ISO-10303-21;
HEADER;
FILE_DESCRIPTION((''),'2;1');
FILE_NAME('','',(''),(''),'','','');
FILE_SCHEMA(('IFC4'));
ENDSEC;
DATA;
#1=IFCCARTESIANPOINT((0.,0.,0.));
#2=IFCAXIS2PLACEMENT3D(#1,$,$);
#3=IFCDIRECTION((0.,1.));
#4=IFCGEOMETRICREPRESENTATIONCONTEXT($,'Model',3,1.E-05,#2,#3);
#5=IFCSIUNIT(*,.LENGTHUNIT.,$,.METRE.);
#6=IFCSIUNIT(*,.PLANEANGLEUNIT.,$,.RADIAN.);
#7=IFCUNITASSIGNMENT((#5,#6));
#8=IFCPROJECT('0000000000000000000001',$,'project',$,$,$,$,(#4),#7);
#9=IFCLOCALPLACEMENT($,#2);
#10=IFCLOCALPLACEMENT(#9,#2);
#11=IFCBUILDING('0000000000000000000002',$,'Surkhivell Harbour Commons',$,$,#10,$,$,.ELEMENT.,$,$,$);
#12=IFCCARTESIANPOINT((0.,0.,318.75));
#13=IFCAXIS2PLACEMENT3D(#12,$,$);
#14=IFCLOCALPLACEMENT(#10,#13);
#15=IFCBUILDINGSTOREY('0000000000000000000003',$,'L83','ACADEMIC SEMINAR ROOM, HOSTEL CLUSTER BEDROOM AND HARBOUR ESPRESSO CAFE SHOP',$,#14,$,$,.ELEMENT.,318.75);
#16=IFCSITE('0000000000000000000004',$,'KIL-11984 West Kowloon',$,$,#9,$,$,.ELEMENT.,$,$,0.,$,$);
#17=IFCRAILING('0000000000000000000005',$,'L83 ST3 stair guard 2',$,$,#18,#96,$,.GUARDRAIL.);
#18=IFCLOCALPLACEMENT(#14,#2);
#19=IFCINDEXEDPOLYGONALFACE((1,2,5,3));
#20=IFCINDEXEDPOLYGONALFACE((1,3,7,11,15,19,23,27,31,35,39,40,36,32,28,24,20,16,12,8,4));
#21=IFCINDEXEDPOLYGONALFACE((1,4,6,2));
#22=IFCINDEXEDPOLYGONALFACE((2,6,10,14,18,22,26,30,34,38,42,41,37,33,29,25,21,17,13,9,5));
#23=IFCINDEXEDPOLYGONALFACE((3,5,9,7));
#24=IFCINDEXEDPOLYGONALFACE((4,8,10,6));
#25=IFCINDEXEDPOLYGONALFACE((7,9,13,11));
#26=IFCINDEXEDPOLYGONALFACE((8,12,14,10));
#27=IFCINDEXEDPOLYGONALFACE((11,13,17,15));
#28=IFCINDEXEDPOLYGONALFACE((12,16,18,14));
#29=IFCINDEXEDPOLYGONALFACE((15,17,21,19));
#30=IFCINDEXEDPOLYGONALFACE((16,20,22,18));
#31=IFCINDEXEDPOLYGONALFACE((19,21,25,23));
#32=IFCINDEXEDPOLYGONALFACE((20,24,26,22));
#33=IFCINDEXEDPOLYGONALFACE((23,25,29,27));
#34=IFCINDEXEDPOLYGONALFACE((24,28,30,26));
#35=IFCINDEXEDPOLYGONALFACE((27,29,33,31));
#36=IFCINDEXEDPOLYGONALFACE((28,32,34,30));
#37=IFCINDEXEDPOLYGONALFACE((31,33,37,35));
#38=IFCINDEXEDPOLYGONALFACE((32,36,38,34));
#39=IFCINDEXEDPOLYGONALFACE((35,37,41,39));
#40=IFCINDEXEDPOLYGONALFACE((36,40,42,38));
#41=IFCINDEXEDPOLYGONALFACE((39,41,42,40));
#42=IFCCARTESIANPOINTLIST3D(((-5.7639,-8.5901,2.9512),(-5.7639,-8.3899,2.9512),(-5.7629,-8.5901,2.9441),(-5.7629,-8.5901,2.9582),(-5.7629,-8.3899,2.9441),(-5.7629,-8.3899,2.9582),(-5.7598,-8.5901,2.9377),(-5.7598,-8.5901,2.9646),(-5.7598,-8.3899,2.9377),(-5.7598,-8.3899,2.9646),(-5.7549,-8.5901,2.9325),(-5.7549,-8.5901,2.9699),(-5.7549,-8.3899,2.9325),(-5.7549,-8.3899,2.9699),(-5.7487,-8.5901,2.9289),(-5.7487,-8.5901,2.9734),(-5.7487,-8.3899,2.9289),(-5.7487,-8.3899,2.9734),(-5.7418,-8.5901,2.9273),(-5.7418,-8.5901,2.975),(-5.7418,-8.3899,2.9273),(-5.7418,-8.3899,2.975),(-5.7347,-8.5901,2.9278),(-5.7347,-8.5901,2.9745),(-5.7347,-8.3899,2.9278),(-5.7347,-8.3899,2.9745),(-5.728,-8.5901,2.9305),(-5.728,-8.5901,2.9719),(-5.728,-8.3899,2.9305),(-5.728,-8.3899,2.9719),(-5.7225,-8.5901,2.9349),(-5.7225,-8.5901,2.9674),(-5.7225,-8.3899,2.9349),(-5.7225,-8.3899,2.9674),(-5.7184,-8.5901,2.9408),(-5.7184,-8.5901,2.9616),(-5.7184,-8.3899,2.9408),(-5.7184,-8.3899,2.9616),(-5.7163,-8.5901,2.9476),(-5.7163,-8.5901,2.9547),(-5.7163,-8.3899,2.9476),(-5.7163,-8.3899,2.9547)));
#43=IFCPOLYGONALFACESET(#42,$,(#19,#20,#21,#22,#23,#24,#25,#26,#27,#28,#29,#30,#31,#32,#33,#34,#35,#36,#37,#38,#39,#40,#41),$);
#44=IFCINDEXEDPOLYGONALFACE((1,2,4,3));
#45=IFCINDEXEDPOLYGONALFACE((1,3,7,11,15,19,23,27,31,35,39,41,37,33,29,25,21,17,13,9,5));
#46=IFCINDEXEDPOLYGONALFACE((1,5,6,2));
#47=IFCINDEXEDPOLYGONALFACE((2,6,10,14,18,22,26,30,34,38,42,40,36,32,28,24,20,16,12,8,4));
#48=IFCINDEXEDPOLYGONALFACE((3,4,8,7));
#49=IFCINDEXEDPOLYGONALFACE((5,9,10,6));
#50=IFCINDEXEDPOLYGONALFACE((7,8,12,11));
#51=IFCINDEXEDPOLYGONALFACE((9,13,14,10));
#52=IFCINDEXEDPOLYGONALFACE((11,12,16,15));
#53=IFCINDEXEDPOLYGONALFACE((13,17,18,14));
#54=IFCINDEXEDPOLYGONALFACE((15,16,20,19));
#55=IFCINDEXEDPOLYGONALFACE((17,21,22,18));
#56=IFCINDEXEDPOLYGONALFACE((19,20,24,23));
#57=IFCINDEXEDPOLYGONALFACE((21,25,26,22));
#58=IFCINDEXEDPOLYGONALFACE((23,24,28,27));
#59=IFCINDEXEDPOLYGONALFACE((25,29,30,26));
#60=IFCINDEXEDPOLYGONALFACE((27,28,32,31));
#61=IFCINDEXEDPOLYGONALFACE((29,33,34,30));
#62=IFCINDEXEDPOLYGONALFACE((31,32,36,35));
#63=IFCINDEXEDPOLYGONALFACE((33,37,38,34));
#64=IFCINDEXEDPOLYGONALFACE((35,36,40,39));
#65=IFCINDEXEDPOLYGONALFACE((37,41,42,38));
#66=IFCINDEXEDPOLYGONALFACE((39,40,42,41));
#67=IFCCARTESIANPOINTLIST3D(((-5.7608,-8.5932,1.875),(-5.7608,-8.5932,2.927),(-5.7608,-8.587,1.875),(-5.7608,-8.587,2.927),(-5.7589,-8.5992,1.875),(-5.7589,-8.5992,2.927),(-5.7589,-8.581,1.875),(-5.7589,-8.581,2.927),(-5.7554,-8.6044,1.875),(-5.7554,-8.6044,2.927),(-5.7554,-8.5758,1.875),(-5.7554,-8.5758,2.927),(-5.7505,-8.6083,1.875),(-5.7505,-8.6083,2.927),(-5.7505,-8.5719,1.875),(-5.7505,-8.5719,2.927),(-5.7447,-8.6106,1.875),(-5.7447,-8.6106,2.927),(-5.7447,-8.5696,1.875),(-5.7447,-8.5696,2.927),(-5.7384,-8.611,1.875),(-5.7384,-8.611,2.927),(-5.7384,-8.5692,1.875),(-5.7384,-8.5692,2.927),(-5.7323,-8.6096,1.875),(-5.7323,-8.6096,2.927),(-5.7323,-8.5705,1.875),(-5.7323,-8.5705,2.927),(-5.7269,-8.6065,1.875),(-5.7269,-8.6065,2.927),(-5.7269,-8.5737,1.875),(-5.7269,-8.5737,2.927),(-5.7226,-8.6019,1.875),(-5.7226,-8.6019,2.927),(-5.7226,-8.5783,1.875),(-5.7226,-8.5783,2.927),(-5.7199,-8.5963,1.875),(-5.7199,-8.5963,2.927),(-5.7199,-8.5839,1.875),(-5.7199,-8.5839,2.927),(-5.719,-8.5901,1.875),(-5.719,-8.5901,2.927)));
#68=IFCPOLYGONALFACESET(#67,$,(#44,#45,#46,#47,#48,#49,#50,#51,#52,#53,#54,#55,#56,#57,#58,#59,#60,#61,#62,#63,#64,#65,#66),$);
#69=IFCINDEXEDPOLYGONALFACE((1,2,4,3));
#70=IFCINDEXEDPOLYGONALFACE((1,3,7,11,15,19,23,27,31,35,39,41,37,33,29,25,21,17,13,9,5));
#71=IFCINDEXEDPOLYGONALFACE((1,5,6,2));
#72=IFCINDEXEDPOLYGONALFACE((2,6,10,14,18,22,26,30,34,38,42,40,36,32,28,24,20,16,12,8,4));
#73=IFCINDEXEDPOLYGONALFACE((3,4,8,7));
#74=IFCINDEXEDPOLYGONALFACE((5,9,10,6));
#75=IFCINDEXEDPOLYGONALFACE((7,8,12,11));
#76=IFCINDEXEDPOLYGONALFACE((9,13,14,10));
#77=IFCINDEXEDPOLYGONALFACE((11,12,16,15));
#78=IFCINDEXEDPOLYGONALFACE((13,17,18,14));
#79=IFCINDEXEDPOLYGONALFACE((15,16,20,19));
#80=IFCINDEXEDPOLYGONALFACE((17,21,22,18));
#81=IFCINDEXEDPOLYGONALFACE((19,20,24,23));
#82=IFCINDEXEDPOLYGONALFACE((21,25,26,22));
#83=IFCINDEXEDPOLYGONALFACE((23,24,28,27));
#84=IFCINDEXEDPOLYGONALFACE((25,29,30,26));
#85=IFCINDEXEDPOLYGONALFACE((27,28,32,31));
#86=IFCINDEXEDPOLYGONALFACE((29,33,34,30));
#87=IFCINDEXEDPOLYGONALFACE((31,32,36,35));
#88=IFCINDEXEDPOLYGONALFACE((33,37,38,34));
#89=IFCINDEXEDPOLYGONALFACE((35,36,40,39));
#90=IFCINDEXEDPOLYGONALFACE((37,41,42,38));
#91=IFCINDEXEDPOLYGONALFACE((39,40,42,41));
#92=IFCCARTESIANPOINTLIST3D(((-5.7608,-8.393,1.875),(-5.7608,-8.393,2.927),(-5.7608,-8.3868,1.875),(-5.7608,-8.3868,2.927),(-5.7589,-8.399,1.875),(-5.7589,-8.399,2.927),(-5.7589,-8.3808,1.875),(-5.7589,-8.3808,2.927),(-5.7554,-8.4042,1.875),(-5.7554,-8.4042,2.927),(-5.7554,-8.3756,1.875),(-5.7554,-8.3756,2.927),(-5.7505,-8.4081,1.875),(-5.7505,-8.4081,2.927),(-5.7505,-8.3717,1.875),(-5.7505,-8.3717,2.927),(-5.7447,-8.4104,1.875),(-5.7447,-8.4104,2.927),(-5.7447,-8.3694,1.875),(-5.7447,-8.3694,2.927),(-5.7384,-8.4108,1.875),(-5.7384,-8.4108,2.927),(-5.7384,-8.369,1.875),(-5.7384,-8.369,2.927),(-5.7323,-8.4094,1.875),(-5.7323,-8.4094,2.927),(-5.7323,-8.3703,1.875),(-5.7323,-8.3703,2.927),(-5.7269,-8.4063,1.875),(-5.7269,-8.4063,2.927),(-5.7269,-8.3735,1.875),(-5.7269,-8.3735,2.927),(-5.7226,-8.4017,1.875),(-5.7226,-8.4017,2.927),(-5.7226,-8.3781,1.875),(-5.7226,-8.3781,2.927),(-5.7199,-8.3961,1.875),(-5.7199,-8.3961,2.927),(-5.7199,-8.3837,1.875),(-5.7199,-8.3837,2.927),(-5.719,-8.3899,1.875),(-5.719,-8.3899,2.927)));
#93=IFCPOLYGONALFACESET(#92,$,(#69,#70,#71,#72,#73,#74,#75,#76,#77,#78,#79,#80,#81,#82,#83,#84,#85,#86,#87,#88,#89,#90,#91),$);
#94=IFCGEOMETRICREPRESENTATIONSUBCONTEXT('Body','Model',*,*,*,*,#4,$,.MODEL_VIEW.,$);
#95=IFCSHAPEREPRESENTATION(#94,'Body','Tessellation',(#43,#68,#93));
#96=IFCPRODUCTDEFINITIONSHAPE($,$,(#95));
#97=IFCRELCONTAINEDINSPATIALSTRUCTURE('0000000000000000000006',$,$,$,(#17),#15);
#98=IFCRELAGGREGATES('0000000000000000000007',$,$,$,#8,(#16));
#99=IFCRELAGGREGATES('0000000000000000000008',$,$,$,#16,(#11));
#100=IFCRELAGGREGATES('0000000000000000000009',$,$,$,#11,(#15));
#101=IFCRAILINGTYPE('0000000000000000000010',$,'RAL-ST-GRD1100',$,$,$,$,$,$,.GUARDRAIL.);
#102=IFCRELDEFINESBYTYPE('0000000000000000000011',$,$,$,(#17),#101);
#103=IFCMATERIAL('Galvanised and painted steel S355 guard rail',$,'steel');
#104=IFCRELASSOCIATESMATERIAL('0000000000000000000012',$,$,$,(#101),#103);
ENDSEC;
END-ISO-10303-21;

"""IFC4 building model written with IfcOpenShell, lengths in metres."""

from ifc_helpers import new_model, si_unit, direction, frame, origin, origin_2d, place, context, subcontext, project, spatial, circle, extrude, material, type_object, element, save


model = new_model("IFC4")

# Units and contexts
model_context = context("Model", 3, precision=1e-05, world=origin(), true_north=direction((0.0, 1.0)))
body_context = subcontext(model_context, "Body", "Model", "MODEL_VIEW")
ifc_project = project(units=[si_unit("LENGTHUNIT", "METRE"), si_unit("PLANEANGLEUNIT", "RADIAN")], contexts=[model_context])

# Site, building, storey
site_placement = place(None, origin())
site = spatial("IfcSite", under=ifc_project, at=site_placement, Name="KIL-11984 West Kowloon", CompositionType="ELEMENT", RefElevation=0.0)
building_placement = place(site_placement, origin())
building = spatial("IfcBuilding", under=site, at=building_placement, Name="Surkhivell Harbour Commons", CompositionType="ELEMENT")
storey_placement = place(building_placement, frame((0.0, 0.0, 318.75)))
storey = spatial("IfcBuildingStorey", under=building, at=storey_placement, Name="L83", Description="ACADEMIC SEMINAR ROOM, HOSTEL CLUSTER BEDROOM AND HARBOUR ESPRESSO CAFE SHOP", CompositionType="ELEMENT", Elevation=318.75)

# Railing
ifc_material_1 = material(Name="Galvanised and painted steel S355 guard rail", Category="steel")
railing_type_1 = type_object("IfcRailingType", Name="RAL-ST-GRD1100", PredefinedType="GUARDRAIL", material=ifc_material_1)
railing_1_placement = place(storey_placement, frame((-5.74, -8.5901, 1.875)))
element("IfcRailing", 1, at=railing_1_placement, inside=storey, type_object=railing_type_1, Name="L83 ST3 stair guard 2", PredefinedType="GUARDRAIL", context=body_context, shape_type="SweptSolid", body=[
    extrude(circle(Radius=0.0239, at=origin_2d()), frame((0.0, 0.0, 1.0762), z_axis=(0.0, 1.0, 0.0), x_axis=(-1.0, 0.0, 0.0)), (0.0, 0.0, 1.0), 0.2002),
    extrude(circle(Radius=0.021, at=origin_2d()), origin(), (0.0, 0.0, 1.0), 1.052),
    extrude(circle(Radius=0.021, at=origin_2d()), frame((0.0, 0.2002, 0.0)), (0.0, 0.0, 1.0), 1.052),
])

save(model, "model.ifc")
